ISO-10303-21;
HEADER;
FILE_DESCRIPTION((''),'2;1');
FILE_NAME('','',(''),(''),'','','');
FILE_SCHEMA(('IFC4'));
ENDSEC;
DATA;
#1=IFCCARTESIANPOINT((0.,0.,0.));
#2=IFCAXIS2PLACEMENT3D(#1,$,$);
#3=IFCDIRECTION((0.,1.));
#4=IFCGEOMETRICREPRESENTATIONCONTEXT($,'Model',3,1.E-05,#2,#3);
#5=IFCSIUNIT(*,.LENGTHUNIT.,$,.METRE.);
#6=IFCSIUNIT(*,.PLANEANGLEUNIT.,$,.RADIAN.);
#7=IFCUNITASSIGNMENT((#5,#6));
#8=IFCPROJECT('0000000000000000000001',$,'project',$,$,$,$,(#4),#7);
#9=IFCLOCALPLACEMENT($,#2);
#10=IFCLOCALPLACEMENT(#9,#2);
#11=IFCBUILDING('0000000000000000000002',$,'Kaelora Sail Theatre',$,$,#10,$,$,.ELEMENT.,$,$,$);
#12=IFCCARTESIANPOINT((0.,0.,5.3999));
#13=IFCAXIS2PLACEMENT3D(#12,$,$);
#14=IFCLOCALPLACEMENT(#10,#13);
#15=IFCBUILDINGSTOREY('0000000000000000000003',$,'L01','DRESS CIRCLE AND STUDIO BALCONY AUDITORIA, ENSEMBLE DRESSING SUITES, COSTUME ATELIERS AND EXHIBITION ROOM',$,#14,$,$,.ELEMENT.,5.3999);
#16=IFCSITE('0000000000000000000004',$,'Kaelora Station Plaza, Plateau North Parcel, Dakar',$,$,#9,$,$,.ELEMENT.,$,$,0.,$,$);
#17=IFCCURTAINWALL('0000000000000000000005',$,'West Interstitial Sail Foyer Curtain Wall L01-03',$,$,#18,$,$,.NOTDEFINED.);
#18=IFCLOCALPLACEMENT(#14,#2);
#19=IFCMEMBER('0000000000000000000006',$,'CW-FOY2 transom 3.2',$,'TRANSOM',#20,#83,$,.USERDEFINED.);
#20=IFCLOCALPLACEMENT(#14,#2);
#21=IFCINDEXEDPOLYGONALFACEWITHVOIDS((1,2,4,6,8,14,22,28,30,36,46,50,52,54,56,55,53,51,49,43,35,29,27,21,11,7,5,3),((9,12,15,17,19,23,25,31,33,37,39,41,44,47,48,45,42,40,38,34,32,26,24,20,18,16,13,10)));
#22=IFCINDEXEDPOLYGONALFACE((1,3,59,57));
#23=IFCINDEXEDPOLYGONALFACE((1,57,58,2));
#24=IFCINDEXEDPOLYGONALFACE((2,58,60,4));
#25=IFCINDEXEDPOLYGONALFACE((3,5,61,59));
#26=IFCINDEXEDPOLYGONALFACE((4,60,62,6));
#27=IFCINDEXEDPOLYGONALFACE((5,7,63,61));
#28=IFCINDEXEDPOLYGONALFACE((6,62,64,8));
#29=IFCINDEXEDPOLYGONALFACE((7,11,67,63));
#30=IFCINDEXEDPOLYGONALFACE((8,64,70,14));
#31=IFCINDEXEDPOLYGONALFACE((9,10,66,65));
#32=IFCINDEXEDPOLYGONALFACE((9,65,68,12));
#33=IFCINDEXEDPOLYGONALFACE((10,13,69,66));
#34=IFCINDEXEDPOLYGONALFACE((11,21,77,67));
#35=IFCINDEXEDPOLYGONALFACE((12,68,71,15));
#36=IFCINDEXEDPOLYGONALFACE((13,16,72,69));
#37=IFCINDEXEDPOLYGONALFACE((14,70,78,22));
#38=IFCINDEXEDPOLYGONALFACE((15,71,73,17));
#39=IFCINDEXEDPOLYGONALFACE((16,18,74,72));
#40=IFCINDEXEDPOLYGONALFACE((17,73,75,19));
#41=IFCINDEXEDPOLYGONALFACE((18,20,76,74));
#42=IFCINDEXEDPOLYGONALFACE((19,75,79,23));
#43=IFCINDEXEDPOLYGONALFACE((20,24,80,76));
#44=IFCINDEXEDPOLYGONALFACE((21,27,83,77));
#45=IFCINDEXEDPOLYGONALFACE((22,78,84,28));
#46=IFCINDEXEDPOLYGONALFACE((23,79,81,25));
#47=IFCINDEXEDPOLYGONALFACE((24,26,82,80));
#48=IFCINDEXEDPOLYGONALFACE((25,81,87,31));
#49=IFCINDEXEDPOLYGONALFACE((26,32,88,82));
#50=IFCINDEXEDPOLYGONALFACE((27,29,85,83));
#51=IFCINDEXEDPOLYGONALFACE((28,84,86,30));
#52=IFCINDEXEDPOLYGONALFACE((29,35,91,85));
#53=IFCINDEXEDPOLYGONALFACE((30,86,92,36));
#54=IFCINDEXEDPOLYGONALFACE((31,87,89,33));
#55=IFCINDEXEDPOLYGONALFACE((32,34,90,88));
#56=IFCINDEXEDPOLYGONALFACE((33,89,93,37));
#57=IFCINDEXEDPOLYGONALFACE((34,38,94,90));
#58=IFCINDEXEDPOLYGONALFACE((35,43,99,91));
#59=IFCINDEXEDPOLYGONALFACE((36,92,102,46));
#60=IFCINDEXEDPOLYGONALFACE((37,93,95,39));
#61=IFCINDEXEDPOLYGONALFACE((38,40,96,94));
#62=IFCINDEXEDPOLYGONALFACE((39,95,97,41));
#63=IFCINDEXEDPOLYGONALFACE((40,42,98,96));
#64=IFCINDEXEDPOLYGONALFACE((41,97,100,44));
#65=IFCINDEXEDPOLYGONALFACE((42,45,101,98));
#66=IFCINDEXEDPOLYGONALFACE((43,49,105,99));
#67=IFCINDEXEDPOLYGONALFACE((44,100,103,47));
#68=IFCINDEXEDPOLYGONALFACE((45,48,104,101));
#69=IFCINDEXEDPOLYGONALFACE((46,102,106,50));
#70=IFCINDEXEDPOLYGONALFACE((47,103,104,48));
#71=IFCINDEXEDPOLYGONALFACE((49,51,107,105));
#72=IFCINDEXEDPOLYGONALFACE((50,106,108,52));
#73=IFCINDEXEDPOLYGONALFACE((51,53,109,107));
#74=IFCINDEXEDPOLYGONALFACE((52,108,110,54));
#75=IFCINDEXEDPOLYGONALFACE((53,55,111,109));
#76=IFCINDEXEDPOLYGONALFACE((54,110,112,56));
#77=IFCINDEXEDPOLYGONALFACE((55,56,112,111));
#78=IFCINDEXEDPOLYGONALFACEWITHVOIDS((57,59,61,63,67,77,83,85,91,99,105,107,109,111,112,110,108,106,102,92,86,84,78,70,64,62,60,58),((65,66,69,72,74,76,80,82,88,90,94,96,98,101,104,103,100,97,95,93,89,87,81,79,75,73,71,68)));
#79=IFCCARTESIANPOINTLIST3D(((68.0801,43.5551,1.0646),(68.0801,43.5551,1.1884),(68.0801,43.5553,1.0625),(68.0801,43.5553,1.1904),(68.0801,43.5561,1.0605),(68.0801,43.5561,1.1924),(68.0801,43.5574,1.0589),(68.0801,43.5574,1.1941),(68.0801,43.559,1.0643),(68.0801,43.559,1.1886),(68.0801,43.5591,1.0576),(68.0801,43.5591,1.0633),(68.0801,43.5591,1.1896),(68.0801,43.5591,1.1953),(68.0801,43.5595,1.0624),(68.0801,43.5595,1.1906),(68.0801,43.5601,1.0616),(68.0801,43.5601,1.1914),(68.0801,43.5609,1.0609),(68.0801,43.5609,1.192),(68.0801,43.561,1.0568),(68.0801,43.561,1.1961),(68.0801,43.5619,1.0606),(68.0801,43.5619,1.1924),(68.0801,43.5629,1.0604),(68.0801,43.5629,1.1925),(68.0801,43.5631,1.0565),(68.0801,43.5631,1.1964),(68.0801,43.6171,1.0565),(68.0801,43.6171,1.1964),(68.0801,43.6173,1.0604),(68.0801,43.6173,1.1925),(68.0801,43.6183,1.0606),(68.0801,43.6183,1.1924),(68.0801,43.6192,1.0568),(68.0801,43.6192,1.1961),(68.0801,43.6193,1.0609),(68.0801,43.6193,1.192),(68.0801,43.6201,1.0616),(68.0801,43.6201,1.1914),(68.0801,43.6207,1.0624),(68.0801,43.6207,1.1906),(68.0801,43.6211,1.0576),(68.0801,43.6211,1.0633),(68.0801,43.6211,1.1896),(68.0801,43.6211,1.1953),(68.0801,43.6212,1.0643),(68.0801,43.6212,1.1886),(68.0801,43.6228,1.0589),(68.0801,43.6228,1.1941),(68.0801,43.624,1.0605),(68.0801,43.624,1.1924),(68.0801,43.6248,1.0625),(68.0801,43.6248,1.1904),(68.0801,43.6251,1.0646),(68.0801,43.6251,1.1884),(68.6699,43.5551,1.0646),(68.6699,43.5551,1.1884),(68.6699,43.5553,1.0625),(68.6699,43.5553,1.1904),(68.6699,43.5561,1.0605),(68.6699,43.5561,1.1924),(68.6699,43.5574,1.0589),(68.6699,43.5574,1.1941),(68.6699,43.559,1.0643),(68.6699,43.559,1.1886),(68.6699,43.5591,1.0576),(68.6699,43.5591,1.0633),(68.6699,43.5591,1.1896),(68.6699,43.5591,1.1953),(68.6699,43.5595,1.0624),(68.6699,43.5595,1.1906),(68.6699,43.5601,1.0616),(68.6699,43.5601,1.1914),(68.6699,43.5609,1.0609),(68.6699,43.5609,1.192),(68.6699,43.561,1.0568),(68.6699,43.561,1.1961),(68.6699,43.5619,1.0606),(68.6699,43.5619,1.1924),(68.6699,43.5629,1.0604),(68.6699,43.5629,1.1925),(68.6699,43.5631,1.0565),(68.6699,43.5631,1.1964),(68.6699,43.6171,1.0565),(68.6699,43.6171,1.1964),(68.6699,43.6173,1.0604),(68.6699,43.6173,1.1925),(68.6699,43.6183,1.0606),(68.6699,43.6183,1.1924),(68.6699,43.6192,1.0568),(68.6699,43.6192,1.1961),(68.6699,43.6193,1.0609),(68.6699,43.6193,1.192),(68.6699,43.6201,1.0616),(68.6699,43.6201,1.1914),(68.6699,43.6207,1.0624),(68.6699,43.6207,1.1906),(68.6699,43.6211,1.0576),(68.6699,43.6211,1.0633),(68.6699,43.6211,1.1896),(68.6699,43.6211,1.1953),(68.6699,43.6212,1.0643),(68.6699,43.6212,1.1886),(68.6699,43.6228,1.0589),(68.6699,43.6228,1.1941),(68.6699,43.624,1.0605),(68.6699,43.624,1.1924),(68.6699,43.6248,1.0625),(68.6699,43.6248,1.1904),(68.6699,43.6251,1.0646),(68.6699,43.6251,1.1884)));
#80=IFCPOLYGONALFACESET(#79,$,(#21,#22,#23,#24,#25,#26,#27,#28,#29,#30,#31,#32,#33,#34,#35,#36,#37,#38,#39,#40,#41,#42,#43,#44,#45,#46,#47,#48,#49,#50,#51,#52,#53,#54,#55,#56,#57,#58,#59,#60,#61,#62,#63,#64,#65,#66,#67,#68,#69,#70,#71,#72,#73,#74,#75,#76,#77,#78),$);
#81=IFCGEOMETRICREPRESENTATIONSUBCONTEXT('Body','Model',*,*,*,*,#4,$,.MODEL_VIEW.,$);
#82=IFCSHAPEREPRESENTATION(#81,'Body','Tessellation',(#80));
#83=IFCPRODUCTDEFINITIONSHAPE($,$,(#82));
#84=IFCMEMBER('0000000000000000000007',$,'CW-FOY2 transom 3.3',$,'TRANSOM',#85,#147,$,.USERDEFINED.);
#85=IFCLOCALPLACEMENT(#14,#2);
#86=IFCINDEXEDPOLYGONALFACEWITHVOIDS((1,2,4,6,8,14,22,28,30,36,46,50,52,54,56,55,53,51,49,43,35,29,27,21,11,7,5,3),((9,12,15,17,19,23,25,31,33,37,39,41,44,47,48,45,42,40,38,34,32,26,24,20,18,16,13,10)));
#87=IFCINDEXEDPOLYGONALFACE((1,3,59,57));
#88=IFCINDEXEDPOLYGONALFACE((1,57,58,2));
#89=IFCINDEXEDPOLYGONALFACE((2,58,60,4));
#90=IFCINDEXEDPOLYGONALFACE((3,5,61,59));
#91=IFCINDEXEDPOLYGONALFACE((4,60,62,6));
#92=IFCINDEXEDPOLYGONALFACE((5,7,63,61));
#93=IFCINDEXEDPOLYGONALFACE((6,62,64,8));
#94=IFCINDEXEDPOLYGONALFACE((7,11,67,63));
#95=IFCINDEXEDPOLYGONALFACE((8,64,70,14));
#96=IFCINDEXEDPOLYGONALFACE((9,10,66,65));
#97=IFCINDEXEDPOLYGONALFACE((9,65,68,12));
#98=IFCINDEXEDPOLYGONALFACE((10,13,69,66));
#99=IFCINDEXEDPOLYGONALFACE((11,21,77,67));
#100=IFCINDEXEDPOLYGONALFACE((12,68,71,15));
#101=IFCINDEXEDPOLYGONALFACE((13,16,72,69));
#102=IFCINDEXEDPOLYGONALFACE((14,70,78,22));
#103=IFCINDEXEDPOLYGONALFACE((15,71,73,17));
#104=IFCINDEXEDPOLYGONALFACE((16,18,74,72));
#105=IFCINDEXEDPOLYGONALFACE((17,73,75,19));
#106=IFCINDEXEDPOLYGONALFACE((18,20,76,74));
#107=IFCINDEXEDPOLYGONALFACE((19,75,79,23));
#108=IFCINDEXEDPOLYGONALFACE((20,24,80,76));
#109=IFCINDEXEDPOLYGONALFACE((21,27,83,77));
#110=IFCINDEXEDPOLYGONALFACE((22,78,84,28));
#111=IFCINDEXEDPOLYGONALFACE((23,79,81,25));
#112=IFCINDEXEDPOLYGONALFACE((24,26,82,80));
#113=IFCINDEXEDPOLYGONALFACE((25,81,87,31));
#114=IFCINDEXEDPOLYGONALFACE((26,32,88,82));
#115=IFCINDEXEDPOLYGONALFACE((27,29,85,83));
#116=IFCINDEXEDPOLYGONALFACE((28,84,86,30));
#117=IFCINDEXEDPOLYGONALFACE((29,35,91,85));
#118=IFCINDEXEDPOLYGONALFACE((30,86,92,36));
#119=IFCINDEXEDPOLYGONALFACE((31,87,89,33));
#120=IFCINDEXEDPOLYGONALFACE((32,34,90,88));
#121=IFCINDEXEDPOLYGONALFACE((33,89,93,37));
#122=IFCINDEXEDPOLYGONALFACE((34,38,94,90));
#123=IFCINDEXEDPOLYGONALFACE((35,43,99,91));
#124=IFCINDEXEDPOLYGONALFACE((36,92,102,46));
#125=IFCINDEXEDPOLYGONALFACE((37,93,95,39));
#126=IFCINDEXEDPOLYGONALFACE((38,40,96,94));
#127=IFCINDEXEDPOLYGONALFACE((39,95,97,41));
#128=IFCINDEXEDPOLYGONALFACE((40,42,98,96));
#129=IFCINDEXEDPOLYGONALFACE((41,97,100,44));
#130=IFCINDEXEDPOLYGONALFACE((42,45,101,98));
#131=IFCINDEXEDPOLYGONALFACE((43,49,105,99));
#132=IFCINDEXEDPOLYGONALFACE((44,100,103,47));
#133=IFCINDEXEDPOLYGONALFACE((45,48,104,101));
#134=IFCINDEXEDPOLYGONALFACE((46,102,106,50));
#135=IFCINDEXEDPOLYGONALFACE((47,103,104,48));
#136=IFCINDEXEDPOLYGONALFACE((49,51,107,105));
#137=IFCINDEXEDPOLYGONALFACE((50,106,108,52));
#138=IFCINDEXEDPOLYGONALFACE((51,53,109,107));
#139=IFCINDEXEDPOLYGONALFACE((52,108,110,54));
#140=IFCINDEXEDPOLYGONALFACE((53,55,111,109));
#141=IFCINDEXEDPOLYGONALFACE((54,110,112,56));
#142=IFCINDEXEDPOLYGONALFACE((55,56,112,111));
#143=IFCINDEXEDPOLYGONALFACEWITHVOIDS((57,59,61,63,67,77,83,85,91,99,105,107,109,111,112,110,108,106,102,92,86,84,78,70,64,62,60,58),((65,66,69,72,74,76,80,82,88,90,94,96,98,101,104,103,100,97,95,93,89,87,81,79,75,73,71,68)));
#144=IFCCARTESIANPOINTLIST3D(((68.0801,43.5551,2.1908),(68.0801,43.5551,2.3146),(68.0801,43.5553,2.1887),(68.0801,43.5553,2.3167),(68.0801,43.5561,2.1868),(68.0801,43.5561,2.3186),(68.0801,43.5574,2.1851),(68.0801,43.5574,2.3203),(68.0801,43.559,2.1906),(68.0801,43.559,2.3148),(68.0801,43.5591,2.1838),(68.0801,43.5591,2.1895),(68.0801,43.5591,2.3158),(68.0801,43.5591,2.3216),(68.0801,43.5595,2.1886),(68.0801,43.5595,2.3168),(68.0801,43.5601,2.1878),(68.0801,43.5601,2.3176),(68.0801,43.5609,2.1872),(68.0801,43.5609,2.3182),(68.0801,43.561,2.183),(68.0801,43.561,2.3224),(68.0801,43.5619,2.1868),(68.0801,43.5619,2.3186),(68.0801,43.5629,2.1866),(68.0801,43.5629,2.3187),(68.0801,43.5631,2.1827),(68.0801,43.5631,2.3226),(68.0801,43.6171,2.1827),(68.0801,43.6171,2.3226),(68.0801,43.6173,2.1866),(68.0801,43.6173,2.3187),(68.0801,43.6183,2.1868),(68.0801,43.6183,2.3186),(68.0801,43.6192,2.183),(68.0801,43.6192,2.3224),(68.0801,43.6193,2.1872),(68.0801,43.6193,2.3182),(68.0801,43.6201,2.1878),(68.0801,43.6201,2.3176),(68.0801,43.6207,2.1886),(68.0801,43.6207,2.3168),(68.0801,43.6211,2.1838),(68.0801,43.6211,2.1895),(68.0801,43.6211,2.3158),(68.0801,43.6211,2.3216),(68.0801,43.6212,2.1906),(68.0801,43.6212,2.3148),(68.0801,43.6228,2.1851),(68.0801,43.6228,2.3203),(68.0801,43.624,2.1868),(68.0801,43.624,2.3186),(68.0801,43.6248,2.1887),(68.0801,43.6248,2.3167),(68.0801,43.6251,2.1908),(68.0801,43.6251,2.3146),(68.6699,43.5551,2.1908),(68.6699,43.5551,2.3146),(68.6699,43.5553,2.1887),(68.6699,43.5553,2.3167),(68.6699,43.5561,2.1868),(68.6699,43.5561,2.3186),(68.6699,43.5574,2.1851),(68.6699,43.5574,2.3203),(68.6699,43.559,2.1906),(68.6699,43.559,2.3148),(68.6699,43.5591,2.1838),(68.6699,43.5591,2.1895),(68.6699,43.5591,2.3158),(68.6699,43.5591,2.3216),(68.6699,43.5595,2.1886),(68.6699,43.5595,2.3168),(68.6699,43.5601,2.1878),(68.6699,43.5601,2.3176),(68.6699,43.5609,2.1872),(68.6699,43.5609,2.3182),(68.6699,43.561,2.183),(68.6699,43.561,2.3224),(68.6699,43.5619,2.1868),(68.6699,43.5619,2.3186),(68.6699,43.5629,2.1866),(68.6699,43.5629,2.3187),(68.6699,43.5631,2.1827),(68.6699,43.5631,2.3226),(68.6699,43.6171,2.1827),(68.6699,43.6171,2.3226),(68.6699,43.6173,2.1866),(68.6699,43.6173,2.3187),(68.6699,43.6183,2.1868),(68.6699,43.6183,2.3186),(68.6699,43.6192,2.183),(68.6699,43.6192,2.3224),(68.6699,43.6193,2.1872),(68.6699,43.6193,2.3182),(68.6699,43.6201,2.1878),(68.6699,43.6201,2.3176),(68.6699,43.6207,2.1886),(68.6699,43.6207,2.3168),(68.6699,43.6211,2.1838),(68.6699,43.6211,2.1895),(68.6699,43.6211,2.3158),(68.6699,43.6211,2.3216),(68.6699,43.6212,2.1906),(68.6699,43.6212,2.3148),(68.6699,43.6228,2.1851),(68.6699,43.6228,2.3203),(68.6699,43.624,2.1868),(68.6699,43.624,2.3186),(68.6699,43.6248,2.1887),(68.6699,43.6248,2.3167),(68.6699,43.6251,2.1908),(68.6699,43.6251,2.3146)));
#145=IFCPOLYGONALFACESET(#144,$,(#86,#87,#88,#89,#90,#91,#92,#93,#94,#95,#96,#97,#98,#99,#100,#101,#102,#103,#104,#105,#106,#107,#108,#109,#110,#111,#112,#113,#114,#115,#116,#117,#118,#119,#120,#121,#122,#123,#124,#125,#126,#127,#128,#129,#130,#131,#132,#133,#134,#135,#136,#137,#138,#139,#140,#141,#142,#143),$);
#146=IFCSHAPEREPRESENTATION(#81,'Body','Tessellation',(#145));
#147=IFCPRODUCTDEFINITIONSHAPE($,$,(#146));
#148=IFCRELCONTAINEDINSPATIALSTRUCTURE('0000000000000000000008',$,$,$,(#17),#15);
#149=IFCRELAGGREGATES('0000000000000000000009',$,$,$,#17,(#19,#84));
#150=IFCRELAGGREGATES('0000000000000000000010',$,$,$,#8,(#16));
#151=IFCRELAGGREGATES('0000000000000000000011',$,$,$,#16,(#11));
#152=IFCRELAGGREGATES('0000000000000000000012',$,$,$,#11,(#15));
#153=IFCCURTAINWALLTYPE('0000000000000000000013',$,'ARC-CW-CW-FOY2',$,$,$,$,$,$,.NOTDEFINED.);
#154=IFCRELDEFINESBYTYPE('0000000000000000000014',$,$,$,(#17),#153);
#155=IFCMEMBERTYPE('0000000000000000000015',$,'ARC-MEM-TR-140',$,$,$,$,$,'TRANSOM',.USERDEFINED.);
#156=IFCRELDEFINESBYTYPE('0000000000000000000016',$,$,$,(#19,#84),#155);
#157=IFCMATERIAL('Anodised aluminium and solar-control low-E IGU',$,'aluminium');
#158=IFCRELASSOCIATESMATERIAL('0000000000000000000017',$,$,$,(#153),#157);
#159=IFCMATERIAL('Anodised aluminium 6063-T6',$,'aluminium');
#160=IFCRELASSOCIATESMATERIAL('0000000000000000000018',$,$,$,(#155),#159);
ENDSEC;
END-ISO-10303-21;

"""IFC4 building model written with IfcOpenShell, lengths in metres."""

from ifc_helpers import new_model, si_unit, direction, frame, origin, origin_2d, place, context, subcontext, project, spatial, hollow_rectangle, extrude, material, material_profile, profile_set, type_object, element, aggregate, save


model = new_model("IFC4")

# Units and contexts
model_context = context("Model", 3, precision=1e-05, world=origin(), true_north=direction((0.0, 1.0)))
body_context = subcontext(model_context, "Body", "Model", "MODEL_VIEW")
ifc_project = project(units=[si_unit("LENGTHUNIT", "METRE"), si_unit("PLANEANGLEUNIT", "RADIAN")], contexts=[model_context])

# Site, building, storey
site_placement = place(None, origin())
site = spatial("IfcSite", under=ifc_project, at=site_placement, Name="Kaelora Station Plaza, Plateau North Parcel, Dakar", CompositionType="ELEMENT", RefElevation=0.0)
building_placement = place(site_placement, origin())
building = spatial("IfcBuilding", under=site, at=building_placement, Name="Kaelora Sail Theatre", CompositionType="ELEMENT")
storey_placement = place(building_placement, frame((0.0, 0.0, 5.3999)))
storey = spatial("IfcBuildingStorey", under=building, at=storey_placement, Name="L01", Description="DRESS CIRCLE AND STUDIO BALCONY AUDITORIA, ENSEMBLE DRESSING SUITES, COSTUME ATELIERS AND EXHIBITION ROOM", CompositionType="ELEMENT", Elevation=5.3999)

# Curtain wall, members
ifc_material_1 = material(Name="Anodised aluminium and solar-control low-E IGU", Category="aluminium")
curtain_wall_type = type_object("IfcCurtainWallType", Name="ARC-CW-CW-FOY2", PredefinedType="NOTDEFINED", material=ifc_material_1)
curtain_wall_placement = place(storey_placement, origin())
curtain_wall = element("IfcCurtainWall", 1, at=curtain_wall_placement, inside=storey, type_object=curtain_wall_type, Name="West Interstitial Sail Foyer Curtain Wall L01-03", PredefinedType="NOTDEFINED")
ifc_material_2 = material(Name="Anodised aluminium 6063-T6", Category="aluminium")
ifc_material_profile_1 = material_profile(ifc_material_2, hollow_rectangle(XDim=0.0701, YDim=0.1399, WallThickness=0.0039, InnerFilletRadius=0.0039, OuterFilletRadius=0.0081, at=origin_2d()), Name="ALU-TRAN 70x140x4")
ifc_profile_set_1 = profile_set([ifc_material_profile_1], Name="Anodised aluminium 6063-T6")
member_type_1 = type_object("IfcMemberType", Name="ARC-MEM-TR-140", ElementType="TRANSOM", PredefinedType="USERDEFINED", material=ifc_profile_set_1)
member_1_placement = place(storey_placement, frame((68.0801, 43.5901, 1.1265), z_axis=(1.0, 0.0, 0.0), x_axis=(0.0, 1.0, 0.0)))
member_1 = element("IfcMember", 2, at=member_1_placement, type_object=member_type_1, Name="CW-FOY2 transom 3.2", ObjectType="TRANSOM", PredefinedType="USERDEFINED", context=body_context, shape_type="SweptSolid", body=[
    extrude(hollow_rectangle(XDim=0.0701, YDim=0.1399, WallThickness=0.0039, InnerFilletRadius=0.0039, OuterFilletRadius=0.0081, at=origin_2d()), origin(), (0.0, 0.0, 1.0), 0.5898),
])
member_2_placement = place(storey_placement, frame((68.0801, 43.5901, 2.2527), z_axis=(1.0, 0.0, 0.0), x_axis=(0.0, 1.0, 0.0)))
member_2 = element("IfcMember", 3, at=member_2_placement, type_object=member_type_1, Name="CW-FOY2 transom 3.3", ObjectType="TRANSOM", PredefinedType="USERDEFINED", context=body_context, shape_type="SweptSolid", body=[
    extrude(hollow_rectangle(XDim=0.0701, YDim=0.1399, WallThickness=0.0039, InnerFilletRadius=0.0039, OuterFilletRadius=0.0081, at=origin_2d()), origin(), (0.0, 0.0, 1.0), 0.5898),
])

aggregate(curtain_wall, [member_1, member_2])

save(model, "model.ifc")
